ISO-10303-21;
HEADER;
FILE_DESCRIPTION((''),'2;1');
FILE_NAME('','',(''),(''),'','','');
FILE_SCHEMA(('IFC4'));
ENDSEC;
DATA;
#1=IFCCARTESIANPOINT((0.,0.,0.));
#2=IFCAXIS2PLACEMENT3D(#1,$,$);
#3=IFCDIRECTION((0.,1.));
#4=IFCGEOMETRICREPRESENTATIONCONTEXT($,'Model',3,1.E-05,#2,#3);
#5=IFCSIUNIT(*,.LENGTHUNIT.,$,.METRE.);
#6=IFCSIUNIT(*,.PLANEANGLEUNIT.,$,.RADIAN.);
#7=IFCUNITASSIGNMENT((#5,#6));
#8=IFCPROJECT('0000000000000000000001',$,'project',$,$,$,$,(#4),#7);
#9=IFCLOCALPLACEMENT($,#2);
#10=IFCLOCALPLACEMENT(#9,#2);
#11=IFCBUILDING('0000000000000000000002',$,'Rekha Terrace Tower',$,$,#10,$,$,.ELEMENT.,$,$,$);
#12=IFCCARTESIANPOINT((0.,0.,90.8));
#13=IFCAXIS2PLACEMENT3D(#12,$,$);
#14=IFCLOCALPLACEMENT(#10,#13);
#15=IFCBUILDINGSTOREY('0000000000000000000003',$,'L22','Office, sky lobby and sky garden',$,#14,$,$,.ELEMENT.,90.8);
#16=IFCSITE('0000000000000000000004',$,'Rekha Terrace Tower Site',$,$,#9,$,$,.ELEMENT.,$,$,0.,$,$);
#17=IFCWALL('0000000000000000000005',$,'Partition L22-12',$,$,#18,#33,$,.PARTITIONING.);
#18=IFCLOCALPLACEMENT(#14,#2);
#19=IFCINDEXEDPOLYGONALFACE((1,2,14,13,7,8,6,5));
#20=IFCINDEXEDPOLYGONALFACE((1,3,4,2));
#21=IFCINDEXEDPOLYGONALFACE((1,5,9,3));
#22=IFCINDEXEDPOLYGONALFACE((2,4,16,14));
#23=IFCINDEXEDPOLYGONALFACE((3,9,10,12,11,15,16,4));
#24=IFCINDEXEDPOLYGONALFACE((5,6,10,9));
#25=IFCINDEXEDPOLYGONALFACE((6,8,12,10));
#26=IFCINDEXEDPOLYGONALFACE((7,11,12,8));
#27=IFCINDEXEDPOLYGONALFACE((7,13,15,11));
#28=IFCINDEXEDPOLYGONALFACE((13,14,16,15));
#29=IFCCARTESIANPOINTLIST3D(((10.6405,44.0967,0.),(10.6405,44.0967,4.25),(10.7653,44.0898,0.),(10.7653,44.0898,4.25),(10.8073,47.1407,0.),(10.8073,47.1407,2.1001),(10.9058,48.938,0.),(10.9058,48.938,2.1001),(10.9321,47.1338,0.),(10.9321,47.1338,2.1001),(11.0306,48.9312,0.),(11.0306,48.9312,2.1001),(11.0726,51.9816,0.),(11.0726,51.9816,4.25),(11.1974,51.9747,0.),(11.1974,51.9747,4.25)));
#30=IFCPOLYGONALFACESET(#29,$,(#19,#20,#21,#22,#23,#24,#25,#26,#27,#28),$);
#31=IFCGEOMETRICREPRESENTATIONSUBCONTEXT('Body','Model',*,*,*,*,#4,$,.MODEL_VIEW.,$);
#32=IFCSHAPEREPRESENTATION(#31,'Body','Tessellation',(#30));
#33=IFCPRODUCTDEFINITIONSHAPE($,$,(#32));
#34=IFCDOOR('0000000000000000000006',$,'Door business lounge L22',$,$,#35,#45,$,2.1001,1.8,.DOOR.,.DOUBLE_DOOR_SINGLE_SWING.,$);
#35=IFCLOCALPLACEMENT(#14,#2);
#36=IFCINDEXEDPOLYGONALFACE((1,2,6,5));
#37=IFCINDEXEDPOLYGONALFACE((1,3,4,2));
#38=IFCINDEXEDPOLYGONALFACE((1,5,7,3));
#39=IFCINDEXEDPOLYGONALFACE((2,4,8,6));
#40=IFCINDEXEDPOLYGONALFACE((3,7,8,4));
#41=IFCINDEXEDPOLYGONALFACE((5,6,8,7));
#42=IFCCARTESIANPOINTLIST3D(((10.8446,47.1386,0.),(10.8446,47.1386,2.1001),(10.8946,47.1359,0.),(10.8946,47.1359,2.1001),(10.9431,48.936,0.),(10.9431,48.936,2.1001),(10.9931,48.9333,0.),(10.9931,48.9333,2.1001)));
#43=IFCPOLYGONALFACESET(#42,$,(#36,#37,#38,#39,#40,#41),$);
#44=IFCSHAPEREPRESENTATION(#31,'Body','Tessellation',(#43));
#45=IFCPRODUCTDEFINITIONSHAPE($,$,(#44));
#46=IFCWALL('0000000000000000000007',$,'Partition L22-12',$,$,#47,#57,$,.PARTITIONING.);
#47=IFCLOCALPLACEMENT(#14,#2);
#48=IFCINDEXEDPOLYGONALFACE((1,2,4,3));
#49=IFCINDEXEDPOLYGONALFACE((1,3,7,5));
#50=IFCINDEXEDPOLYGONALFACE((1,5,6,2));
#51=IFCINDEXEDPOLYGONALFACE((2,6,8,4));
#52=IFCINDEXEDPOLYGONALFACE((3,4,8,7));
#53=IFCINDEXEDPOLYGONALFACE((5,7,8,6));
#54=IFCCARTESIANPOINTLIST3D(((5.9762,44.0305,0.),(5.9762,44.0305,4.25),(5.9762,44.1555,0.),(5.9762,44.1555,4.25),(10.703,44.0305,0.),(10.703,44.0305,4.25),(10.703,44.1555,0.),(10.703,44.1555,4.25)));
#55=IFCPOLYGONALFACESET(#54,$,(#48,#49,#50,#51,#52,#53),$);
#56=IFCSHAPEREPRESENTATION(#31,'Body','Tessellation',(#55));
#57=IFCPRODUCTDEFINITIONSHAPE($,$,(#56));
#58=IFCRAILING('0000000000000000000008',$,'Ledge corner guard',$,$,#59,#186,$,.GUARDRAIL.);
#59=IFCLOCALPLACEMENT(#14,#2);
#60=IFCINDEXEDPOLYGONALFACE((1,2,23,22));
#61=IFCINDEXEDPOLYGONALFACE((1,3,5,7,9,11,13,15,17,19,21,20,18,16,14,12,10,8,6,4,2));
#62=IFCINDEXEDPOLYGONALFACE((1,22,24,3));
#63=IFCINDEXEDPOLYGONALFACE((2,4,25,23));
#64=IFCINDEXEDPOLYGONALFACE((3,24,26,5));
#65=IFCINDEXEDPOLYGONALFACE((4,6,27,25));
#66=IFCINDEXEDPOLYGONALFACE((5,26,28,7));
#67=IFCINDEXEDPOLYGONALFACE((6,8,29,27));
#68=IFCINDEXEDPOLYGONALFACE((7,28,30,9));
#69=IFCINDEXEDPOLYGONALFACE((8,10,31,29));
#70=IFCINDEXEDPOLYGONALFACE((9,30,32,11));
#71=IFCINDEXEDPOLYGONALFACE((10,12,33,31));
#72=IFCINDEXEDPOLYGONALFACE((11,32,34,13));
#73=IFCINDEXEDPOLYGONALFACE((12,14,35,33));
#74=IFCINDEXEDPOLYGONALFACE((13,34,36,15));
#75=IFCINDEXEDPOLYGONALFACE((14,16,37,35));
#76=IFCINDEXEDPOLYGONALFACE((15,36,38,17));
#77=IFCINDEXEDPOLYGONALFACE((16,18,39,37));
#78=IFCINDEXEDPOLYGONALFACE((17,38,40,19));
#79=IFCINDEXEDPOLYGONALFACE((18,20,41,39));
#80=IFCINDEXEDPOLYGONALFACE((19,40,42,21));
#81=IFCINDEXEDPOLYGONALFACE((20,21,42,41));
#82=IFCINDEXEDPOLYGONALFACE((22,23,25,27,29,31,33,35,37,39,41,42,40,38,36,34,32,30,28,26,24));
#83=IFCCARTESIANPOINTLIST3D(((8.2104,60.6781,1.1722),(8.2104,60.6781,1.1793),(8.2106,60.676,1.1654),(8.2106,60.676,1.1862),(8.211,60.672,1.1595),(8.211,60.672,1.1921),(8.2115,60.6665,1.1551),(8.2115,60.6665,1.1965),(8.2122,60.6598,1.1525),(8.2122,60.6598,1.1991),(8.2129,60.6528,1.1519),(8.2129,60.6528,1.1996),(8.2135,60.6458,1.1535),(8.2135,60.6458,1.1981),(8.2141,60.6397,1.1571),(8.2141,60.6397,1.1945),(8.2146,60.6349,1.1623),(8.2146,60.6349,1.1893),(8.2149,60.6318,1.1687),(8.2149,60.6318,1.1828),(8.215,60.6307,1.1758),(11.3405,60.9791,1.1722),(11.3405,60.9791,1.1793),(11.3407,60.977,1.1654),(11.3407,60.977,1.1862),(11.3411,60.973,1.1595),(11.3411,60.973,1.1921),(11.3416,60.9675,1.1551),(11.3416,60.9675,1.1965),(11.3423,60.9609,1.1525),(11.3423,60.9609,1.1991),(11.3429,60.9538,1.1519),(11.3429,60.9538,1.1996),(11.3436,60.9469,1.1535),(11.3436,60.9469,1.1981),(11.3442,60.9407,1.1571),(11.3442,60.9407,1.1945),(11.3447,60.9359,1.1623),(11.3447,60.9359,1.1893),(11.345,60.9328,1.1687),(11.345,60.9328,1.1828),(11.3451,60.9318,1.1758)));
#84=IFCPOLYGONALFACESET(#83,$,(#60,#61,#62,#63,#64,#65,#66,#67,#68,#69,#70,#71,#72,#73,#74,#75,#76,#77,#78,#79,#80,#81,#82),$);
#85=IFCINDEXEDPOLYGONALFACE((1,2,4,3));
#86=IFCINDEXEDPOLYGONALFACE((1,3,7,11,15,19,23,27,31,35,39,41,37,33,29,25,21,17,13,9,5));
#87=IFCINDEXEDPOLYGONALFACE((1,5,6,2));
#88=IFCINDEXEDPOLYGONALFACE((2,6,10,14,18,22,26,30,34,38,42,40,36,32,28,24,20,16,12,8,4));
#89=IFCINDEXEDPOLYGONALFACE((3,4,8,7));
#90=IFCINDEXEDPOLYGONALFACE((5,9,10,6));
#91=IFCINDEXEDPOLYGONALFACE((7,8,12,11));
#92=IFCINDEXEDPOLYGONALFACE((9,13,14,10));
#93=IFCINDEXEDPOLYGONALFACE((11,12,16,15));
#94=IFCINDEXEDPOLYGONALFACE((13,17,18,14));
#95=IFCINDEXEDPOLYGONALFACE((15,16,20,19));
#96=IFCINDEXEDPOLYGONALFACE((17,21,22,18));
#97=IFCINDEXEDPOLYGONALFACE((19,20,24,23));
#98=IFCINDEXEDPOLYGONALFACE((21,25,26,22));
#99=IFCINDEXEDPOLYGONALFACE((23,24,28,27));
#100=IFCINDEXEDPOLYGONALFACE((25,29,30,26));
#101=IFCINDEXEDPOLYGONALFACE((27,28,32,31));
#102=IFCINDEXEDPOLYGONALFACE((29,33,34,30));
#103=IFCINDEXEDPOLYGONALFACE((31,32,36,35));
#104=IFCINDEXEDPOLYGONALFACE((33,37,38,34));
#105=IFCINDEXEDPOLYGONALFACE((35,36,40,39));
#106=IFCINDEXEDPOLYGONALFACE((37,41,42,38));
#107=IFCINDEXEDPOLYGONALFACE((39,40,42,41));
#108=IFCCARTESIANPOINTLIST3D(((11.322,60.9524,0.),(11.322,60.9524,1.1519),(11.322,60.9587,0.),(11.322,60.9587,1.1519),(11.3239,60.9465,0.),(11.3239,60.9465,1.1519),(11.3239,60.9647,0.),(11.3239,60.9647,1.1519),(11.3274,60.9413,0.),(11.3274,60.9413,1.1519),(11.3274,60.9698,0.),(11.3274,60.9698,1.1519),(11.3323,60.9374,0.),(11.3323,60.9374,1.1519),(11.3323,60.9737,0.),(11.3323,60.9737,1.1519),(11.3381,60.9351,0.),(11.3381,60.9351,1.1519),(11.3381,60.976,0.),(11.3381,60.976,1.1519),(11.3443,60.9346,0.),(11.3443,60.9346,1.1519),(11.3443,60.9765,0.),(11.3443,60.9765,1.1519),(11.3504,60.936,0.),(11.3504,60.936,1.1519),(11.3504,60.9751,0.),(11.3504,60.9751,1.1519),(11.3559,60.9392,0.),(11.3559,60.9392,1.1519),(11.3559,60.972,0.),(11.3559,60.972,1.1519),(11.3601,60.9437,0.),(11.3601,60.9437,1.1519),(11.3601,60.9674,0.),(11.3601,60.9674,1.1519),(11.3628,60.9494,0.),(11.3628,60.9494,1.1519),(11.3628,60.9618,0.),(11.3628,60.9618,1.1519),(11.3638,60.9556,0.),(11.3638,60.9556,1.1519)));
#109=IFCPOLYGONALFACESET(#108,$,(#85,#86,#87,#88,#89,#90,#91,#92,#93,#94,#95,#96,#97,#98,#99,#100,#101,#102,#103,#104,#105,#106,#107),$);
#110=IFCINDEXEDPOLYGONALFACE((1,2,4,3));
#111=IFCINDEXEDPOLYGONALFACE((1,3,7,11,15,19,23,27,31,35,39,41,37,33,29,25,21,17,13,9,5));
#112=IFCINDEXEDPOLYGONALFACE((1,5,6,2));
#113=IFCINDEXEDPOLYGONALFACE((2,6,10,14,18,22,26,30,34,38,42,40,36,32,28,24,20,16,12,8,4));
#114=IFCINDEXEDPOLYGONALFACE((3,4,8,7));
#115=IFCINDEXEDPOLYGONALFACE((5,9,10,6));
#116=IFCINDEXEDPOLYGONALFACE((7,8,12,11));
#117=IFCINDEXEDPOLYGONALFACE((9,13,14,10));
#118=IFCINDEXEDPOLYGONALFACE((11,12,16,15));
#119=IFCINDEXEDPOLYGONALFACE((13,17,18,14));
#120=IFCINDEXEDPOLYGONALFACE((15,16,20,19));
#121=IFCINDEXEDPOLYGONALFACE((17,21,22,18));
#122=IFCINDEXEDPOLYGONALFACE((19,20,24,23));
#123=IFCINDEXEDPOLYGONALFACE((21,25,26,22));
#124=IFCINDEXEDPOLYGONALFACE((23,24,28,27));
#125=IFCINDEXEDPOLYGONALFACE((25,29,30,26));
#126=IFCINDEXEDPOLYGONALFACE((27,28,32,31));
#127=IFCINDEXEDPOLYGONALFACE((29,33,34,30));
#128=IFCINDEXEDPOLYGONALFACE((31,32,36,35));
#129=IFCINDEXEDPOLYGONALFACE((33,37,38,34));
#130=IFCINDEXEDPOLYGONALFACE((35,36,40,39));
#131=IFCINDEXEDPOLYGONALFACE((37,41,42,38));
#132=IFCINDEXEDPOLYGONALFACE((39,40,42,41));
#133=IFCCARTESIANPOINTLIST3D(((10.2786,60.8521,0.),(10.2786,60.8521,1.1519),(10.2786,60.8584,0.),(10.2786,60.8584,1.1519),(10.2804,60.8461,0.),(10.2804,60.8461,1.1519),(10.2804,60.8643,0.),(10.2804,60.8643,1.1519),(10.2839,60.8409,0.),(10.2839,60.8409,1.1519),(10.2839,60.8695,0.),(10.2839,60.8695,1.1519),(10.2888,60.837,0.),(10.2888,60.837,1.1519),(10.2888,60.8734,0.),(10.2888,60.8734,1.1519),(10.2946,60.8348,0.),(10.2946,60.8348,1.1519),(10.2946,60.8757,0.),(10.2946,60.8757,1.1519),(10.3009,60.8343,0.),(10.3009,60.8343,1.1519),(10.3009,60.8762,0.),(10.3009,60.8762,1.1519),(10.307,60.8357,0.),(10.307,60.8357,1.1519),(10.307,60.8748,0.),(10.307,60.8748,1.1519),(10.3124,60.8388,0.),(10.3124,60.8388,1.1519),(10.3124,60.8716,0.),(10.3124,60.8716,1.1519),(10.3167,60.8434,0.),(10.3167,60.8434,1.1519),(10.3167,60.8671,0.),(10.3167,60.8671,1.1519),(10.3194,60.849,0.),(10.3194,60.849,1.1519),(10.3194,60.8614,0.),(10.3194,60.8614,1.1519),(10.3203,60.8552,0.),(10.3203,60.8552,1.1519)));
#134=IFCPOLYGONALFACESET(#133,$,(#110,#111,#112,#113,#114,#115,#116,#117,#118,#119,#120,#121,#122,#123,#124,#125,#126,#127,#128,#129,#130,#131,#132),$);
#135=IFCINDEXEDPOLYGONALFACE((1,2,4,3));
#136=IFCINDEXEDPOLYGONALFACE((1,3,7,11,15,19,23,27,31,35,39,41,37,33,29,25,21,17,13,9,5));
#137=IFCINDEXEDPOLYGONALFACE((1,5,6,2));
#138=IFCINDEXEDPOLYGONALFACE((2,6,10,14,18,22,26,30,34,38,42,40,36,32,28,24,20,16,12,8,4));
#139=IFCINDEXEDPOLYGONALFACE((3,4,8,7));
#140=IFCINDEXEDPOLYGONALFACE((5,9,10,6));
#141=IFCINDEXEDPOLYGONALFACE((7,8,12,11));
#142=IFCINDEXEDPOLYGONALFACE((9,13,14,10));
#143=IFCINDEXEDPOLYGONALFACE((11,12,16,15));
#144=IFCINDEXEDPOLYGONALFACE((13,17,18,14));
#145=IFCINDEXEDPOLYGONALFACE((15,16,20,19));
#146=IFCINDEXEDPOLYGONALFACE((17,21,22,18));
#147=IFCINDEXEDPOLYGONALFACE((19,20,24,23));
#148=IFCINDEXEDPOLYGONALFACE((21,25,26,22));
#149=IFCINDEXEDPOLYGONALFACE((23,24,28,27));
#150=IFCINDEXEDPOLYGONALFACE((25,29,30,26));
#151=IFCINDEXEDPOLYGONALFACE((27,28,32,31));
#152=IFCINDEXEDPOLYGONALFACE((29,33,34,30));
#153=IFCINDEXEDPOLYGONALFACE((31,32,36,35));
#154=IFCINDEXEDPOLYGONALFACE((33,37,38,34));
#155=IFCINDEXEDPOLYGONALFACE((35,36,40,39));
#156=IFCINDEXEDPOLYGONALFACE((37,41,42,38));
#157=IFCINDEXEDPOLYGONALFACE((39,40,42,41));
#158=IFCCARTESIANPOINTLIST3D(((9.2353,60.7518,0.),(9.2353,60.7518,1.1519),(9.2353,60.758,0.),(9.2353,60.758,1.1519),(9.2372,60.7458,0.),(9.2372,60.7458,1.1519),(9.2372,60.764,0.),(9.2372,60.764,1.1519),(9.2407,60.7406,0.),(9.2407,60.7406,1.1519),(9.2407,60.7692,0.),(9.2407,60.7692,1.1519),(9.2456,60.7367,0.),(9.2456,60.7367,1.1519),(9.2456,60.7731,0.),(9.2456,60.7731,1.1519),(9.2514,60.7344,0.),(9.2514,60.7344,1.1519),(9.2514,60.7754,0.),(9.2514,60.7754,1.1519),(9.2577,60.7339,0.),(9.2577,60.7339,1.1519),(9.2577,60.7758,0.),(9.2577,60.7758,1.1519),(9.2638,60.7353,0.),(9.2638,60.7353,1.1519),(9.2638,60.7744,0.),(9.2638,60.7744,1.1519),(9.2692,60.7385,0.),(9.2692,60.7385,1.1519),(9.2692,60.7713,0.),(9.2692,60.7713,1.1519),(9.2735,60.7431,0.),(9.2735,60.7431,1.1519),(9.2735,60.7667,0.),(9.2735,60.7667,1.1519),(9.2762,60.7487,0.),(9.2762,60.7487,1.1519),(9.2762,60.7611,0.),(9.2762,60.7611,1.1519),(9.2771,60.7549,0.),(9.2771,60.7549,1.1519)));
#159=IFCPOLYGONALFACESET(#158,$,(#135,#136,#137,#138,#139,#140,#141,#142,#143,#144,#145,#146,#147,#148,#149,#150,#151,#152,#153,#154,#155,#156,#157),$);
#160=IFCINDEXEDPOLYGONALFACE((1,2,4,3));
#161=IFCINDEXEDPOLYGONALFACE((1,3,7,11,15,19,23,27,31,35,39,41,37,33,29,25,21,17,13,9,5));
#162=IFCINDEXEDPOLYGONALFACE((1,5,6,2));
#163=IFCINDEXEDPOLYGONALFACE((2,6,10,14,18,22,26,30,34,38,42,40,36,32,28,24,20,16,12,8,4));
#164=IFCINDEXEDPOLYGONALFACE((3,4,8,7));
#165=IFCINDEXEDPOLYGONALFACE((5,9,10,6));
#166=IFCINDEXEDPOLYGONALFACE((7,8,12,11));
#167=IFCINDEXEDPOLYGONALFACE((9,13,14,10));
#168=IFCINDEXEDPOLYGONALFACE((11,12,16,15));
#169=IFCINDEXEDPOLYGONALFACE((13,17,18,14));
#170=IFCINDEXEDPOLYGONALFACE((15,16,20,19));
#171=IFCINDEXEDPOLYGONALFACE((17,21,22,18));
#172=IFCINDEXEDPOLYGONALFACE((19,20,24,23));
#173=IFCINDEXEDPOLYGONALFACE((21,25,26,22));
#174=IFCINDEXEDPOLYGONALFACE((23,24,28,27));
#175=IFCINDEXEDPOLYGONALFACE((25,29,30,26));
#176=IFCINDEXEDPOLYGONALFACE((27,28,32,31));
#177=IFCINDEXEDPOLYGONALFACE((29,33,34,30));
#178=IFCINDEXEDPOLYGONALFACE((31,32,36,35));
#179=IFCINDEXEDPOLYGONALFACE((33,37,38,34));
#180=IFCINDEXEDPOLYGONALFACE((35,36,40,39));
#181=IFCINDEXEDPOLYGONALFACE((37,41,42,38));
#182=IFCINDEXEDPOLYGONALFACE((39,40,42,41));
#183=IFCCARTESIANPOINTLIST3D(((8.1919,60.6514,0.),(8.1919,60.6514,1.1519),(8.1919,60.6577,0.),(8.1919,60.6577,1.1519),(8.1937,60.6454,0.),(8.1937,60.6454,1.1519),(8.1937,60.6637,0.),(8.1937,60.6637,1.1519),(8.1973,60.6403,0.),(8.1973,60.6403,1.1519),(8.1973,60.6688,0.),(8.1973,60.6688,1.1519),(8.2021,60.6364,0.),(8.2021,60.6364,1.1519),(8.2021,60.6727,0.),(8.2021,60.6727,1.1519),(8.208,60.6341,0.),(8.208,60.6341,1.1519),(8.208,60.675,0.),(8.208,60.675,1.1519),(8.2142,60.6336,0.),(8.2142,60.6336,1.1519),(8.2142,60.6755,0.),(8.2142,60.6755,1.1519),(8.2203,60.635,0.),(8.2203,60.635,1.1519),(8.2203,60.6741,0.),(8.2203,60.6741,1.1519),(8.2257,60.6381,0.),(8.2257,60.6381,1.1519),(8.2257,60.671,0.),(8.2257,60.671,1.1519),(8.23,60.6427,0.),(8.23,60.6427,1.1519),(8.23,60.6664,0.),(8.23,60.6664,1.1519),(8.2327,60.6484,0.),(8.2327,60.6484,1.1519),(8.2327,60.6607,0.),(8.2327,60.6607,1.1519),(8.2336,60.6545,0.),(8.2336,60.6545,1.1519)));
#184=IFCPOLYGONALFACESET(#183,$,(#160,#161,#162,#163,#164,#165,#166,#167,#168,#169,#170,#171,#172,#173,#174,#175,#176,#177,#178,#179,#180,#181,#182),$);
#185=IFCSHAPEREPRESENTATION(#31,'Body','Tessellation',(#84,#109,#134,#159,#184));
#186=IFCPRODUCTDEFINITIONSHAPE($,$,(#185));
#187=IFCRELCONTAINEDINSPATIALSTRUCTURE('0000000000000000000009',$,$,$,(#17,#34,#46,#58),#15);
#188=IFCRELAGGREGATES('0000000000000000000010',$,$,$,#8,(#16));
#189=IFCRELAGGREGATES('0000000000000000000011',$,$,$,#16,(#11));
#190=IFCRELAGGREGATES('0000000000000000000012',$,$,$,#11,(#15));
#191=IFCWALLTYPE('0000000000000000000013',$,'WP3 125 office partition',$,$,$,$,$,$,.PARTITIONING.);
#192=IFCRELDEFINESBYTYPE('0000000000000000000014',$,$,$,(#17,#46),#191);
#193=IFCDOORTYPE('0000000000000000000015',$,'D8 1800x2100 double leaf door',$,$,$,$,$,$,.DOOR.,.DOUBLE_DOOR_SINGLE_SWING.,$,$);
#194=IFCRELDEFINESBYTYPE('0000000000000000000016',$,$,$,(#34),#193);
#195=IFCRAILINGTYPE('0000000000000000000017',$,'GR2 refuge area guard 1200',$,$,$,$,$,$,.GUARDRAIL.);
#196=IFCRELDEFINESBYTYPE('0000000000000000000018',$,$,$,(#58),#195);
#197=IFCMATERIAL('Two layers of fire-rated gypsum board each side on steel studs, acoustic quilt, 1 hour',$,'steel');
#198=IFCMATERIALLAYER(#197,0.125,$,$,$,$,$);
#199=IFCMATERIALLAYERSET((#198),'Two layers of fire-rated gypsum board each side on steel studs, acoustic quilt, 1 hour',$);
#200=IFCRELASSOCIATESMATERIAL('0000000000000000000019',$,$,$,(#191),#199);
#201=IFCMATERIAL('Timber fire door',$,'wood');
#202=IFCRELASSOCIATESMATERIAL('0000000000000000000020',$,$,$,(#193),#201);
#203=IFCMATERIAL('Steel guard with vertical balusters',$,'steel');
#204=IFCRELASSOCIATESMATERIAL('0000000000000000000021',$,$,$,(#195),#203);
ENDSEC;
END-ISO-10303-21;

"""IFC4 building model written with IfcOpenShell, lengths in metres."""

from ifc_helpers import new_model, si_unit, direction, frame, frame_2d, origin, origin_2d, place, context, subcontext, project, spatial, rectangle, circle, extrude, material, layer, layer_set, type_object, element, fill, save


model = new_model("IFC4")

# Units and contexts
model_context = context("Model", 3, precision=1e-05, world=origin(), true_north=direction((0.0, 1.0)))
body_context = subcontext(model_context, "Body", "Model", "MODEL_VIEW")
ifc_project = project(units=[si_unit("LENGTHUNIT", "METRE"), si_unit("PLANEANGLEUNIT", "RADIAN")], contexts=[model_context])

# Site, building, storey
site_placement = place(None, origin())
site = spatial("IfcSite", under=ifc_project, at=site_placement, Name="Rekha Terrace Tower Site", CompositionType="ELEMENT", RefElevation=0.0)
building_placement = place(site_placement, origin())
building = spatial("IfcBuilding", under=site, at=building_placement, Name="Rekha Terrace Tower", CompositionType="ELEMENT")
storey_placement = place(building_placement, frame((0.0, 0.0, 90.8)))
storey = spatial("IfcBuildingStorey", under=building, at=storey_placement, Name="L22", Description="Office, sky lobby and sky garden", CompositionType="ELEMENT", Elevation=90.8)

# Shared definitions
ifc_material_1 = material(Name="Two layers of fire-rated gypsum board each side on steel studs, acoustic quilt, 1 hour", Category="steel")
ifc_layer_1 = layer(ifc_material_1, 0.125)
ifc_layer_set_1 = layer_set([ifc_layer_1], Name="Two layers of fire-rated gypsum board each side on steel studs, acoustic quilt, 1 hour")
wall_type_1 = type_object("IfcWallType", Name="WP3 125 office partition", PredefinedType="PARTITIONING", material=ifc_layer_set_1)

# Wall, opening, door
wall_1_placement = place(storey_placement, frame((11.135, 51.978, 0.0), z_axis=(0.0, 0.0, 1.0), x_axis=(-0.054722, -0.998502, 0.0)))
wall_1 = element("IfcWall", 1, at=wall_1_placement, inside=storey, type_object=wall_type_1, Name="Partition L22-12", PredefinedType="PARTITIONING", context=body_context, shape_type="SweptSolid", body=[
    extrude(rectangle(XDim=7.8967, YDim=0.125, at=frame_2d((3.9482, 0.0))), origin(), (0.0, 0.0, 1.0), 4.25),
])
opening_placement = place(wall_1_placement, frame((3.0481, 0.0, 0.0)))
opening = element("IfcOpeningElement", 2, at=opening_placement, cuts=wall_1, PredefinedType="OPENING", context=body_context, shape_type="SweptSolid", body=[
    extrude(rectangle(XDim=1.8, YDim=2.1001, at=frame_2d((0.8999, 1.05))), frame((0.0, 0.0725, 0.0), z_axis=(0.0, -1.0, 0.0), x_axis=(1.0, 0.0, 0.0)), (0.0, 0.0, 1.0), 0.145),
])
ifc_material_2 = material(Name="Timber fire door", Category="wood")
door_type = type_object("IfcDoorType", Name="D8 1800x2100 double leaf door", OperationType="DOUBLE_DOOR_SINGLE_SWING", PredefinedType="DOOR", material=ifc_material_2)
door_placement = place(opening_placement, origin())
door = element("IfcDoor", 3, at=door_placement, inside=storey, type_object=door_type, Name="Door business lounge L22", OperationType="DOUBLE_DOOR_SINGLE_SWING", OverallHeight=2.1001, OverallWidth=1.8, PredefinedType="DOOR", context=body_context, shape_type="SweptSolid", body=[
    extrude(rectangle(XDim=1.8, YDim=2.1001, at=frame_2d((0.8999, 1.05))), frame((0.0, 0.0249, 0.0), z_axis=(0.0, -1.0, 0.0), x_axis=(1.0, 0.0, 0.0)), (0.0, 0.0, 1.0), 0.05),
])
fill(opening, door)

# Wall
wall_2_placement = place(storey_placement, frame((10.7029, 44.093, 0.0), z_axis=(0.0, 0.0, 1.0), x_axis=(-1.0, 0.0, 0.0)))
element("IfcWall", 4, at=wall_2_placement, inside=storey, type_object=wall_type_1, Name="Partition L22-12", PredefinedType="PARTITIONING", context=body_context, shape_type="SweptSolid", body=[
    extrude(rectangle(XDim=4.7268, YDim=0.125, at=frame_2d((2.3633, 0.0))), origin(), (0.0, 0.0, 1.0), 4.25),
])

# Railing
ifc_material_3 = material(Name="Steel guard with vertical balusters", Category="steel")
railing_type = type_object("IfcRailingType", Name="GR2 refuge area guard 1200", PredefinedType="GUARDRAIL", material=ifc_material_3)
railing_1_placement = place(storey_placement, frame((11.3428, 60.9556, 0.0)))
element("IfcRailing", 5, at=railing_1_placement, inside=storey, type_object=railing_type, Name="Ledge corner guard", PredefinedType="GUARDRAIL", context=body_context, shape_type="SweptSolid", body=[
    extrude(circle(Radius=0.0239, at=origin_2d()), frame((0.0, 0.0, 1.1758), z_axis=(-0.995407, -0.095729, 0.0), x_axis=(0.095729, -0.995407, 0.0)), (0.0, 0.0, 1.0), 3.1445),
    extrude(circle(Radius=0.021, at=origin_2d()), origin(), (0.0, 0.0, 1.0), 1.1519),
    extrude(circle(Radius=0.021, at=origin_2d()), frame((-1.0435, -0.1003, 0.0)), (0.0, 0.0, 1.0), 1.1519),
    extrude(circle(Radius=0.021, at=origin_2d()), frame((-2.0867, -0.2007, 0.0)), (0.0, 0.0, 1.0), 1.1519),
    extrude(circle(Radius=0.021, at=origin_2d()), frame((-3.1301, -0.301, 0.0)), (0.0, 0.0, 1.0), 1.1519),
])

save(model, "model.ifc")
